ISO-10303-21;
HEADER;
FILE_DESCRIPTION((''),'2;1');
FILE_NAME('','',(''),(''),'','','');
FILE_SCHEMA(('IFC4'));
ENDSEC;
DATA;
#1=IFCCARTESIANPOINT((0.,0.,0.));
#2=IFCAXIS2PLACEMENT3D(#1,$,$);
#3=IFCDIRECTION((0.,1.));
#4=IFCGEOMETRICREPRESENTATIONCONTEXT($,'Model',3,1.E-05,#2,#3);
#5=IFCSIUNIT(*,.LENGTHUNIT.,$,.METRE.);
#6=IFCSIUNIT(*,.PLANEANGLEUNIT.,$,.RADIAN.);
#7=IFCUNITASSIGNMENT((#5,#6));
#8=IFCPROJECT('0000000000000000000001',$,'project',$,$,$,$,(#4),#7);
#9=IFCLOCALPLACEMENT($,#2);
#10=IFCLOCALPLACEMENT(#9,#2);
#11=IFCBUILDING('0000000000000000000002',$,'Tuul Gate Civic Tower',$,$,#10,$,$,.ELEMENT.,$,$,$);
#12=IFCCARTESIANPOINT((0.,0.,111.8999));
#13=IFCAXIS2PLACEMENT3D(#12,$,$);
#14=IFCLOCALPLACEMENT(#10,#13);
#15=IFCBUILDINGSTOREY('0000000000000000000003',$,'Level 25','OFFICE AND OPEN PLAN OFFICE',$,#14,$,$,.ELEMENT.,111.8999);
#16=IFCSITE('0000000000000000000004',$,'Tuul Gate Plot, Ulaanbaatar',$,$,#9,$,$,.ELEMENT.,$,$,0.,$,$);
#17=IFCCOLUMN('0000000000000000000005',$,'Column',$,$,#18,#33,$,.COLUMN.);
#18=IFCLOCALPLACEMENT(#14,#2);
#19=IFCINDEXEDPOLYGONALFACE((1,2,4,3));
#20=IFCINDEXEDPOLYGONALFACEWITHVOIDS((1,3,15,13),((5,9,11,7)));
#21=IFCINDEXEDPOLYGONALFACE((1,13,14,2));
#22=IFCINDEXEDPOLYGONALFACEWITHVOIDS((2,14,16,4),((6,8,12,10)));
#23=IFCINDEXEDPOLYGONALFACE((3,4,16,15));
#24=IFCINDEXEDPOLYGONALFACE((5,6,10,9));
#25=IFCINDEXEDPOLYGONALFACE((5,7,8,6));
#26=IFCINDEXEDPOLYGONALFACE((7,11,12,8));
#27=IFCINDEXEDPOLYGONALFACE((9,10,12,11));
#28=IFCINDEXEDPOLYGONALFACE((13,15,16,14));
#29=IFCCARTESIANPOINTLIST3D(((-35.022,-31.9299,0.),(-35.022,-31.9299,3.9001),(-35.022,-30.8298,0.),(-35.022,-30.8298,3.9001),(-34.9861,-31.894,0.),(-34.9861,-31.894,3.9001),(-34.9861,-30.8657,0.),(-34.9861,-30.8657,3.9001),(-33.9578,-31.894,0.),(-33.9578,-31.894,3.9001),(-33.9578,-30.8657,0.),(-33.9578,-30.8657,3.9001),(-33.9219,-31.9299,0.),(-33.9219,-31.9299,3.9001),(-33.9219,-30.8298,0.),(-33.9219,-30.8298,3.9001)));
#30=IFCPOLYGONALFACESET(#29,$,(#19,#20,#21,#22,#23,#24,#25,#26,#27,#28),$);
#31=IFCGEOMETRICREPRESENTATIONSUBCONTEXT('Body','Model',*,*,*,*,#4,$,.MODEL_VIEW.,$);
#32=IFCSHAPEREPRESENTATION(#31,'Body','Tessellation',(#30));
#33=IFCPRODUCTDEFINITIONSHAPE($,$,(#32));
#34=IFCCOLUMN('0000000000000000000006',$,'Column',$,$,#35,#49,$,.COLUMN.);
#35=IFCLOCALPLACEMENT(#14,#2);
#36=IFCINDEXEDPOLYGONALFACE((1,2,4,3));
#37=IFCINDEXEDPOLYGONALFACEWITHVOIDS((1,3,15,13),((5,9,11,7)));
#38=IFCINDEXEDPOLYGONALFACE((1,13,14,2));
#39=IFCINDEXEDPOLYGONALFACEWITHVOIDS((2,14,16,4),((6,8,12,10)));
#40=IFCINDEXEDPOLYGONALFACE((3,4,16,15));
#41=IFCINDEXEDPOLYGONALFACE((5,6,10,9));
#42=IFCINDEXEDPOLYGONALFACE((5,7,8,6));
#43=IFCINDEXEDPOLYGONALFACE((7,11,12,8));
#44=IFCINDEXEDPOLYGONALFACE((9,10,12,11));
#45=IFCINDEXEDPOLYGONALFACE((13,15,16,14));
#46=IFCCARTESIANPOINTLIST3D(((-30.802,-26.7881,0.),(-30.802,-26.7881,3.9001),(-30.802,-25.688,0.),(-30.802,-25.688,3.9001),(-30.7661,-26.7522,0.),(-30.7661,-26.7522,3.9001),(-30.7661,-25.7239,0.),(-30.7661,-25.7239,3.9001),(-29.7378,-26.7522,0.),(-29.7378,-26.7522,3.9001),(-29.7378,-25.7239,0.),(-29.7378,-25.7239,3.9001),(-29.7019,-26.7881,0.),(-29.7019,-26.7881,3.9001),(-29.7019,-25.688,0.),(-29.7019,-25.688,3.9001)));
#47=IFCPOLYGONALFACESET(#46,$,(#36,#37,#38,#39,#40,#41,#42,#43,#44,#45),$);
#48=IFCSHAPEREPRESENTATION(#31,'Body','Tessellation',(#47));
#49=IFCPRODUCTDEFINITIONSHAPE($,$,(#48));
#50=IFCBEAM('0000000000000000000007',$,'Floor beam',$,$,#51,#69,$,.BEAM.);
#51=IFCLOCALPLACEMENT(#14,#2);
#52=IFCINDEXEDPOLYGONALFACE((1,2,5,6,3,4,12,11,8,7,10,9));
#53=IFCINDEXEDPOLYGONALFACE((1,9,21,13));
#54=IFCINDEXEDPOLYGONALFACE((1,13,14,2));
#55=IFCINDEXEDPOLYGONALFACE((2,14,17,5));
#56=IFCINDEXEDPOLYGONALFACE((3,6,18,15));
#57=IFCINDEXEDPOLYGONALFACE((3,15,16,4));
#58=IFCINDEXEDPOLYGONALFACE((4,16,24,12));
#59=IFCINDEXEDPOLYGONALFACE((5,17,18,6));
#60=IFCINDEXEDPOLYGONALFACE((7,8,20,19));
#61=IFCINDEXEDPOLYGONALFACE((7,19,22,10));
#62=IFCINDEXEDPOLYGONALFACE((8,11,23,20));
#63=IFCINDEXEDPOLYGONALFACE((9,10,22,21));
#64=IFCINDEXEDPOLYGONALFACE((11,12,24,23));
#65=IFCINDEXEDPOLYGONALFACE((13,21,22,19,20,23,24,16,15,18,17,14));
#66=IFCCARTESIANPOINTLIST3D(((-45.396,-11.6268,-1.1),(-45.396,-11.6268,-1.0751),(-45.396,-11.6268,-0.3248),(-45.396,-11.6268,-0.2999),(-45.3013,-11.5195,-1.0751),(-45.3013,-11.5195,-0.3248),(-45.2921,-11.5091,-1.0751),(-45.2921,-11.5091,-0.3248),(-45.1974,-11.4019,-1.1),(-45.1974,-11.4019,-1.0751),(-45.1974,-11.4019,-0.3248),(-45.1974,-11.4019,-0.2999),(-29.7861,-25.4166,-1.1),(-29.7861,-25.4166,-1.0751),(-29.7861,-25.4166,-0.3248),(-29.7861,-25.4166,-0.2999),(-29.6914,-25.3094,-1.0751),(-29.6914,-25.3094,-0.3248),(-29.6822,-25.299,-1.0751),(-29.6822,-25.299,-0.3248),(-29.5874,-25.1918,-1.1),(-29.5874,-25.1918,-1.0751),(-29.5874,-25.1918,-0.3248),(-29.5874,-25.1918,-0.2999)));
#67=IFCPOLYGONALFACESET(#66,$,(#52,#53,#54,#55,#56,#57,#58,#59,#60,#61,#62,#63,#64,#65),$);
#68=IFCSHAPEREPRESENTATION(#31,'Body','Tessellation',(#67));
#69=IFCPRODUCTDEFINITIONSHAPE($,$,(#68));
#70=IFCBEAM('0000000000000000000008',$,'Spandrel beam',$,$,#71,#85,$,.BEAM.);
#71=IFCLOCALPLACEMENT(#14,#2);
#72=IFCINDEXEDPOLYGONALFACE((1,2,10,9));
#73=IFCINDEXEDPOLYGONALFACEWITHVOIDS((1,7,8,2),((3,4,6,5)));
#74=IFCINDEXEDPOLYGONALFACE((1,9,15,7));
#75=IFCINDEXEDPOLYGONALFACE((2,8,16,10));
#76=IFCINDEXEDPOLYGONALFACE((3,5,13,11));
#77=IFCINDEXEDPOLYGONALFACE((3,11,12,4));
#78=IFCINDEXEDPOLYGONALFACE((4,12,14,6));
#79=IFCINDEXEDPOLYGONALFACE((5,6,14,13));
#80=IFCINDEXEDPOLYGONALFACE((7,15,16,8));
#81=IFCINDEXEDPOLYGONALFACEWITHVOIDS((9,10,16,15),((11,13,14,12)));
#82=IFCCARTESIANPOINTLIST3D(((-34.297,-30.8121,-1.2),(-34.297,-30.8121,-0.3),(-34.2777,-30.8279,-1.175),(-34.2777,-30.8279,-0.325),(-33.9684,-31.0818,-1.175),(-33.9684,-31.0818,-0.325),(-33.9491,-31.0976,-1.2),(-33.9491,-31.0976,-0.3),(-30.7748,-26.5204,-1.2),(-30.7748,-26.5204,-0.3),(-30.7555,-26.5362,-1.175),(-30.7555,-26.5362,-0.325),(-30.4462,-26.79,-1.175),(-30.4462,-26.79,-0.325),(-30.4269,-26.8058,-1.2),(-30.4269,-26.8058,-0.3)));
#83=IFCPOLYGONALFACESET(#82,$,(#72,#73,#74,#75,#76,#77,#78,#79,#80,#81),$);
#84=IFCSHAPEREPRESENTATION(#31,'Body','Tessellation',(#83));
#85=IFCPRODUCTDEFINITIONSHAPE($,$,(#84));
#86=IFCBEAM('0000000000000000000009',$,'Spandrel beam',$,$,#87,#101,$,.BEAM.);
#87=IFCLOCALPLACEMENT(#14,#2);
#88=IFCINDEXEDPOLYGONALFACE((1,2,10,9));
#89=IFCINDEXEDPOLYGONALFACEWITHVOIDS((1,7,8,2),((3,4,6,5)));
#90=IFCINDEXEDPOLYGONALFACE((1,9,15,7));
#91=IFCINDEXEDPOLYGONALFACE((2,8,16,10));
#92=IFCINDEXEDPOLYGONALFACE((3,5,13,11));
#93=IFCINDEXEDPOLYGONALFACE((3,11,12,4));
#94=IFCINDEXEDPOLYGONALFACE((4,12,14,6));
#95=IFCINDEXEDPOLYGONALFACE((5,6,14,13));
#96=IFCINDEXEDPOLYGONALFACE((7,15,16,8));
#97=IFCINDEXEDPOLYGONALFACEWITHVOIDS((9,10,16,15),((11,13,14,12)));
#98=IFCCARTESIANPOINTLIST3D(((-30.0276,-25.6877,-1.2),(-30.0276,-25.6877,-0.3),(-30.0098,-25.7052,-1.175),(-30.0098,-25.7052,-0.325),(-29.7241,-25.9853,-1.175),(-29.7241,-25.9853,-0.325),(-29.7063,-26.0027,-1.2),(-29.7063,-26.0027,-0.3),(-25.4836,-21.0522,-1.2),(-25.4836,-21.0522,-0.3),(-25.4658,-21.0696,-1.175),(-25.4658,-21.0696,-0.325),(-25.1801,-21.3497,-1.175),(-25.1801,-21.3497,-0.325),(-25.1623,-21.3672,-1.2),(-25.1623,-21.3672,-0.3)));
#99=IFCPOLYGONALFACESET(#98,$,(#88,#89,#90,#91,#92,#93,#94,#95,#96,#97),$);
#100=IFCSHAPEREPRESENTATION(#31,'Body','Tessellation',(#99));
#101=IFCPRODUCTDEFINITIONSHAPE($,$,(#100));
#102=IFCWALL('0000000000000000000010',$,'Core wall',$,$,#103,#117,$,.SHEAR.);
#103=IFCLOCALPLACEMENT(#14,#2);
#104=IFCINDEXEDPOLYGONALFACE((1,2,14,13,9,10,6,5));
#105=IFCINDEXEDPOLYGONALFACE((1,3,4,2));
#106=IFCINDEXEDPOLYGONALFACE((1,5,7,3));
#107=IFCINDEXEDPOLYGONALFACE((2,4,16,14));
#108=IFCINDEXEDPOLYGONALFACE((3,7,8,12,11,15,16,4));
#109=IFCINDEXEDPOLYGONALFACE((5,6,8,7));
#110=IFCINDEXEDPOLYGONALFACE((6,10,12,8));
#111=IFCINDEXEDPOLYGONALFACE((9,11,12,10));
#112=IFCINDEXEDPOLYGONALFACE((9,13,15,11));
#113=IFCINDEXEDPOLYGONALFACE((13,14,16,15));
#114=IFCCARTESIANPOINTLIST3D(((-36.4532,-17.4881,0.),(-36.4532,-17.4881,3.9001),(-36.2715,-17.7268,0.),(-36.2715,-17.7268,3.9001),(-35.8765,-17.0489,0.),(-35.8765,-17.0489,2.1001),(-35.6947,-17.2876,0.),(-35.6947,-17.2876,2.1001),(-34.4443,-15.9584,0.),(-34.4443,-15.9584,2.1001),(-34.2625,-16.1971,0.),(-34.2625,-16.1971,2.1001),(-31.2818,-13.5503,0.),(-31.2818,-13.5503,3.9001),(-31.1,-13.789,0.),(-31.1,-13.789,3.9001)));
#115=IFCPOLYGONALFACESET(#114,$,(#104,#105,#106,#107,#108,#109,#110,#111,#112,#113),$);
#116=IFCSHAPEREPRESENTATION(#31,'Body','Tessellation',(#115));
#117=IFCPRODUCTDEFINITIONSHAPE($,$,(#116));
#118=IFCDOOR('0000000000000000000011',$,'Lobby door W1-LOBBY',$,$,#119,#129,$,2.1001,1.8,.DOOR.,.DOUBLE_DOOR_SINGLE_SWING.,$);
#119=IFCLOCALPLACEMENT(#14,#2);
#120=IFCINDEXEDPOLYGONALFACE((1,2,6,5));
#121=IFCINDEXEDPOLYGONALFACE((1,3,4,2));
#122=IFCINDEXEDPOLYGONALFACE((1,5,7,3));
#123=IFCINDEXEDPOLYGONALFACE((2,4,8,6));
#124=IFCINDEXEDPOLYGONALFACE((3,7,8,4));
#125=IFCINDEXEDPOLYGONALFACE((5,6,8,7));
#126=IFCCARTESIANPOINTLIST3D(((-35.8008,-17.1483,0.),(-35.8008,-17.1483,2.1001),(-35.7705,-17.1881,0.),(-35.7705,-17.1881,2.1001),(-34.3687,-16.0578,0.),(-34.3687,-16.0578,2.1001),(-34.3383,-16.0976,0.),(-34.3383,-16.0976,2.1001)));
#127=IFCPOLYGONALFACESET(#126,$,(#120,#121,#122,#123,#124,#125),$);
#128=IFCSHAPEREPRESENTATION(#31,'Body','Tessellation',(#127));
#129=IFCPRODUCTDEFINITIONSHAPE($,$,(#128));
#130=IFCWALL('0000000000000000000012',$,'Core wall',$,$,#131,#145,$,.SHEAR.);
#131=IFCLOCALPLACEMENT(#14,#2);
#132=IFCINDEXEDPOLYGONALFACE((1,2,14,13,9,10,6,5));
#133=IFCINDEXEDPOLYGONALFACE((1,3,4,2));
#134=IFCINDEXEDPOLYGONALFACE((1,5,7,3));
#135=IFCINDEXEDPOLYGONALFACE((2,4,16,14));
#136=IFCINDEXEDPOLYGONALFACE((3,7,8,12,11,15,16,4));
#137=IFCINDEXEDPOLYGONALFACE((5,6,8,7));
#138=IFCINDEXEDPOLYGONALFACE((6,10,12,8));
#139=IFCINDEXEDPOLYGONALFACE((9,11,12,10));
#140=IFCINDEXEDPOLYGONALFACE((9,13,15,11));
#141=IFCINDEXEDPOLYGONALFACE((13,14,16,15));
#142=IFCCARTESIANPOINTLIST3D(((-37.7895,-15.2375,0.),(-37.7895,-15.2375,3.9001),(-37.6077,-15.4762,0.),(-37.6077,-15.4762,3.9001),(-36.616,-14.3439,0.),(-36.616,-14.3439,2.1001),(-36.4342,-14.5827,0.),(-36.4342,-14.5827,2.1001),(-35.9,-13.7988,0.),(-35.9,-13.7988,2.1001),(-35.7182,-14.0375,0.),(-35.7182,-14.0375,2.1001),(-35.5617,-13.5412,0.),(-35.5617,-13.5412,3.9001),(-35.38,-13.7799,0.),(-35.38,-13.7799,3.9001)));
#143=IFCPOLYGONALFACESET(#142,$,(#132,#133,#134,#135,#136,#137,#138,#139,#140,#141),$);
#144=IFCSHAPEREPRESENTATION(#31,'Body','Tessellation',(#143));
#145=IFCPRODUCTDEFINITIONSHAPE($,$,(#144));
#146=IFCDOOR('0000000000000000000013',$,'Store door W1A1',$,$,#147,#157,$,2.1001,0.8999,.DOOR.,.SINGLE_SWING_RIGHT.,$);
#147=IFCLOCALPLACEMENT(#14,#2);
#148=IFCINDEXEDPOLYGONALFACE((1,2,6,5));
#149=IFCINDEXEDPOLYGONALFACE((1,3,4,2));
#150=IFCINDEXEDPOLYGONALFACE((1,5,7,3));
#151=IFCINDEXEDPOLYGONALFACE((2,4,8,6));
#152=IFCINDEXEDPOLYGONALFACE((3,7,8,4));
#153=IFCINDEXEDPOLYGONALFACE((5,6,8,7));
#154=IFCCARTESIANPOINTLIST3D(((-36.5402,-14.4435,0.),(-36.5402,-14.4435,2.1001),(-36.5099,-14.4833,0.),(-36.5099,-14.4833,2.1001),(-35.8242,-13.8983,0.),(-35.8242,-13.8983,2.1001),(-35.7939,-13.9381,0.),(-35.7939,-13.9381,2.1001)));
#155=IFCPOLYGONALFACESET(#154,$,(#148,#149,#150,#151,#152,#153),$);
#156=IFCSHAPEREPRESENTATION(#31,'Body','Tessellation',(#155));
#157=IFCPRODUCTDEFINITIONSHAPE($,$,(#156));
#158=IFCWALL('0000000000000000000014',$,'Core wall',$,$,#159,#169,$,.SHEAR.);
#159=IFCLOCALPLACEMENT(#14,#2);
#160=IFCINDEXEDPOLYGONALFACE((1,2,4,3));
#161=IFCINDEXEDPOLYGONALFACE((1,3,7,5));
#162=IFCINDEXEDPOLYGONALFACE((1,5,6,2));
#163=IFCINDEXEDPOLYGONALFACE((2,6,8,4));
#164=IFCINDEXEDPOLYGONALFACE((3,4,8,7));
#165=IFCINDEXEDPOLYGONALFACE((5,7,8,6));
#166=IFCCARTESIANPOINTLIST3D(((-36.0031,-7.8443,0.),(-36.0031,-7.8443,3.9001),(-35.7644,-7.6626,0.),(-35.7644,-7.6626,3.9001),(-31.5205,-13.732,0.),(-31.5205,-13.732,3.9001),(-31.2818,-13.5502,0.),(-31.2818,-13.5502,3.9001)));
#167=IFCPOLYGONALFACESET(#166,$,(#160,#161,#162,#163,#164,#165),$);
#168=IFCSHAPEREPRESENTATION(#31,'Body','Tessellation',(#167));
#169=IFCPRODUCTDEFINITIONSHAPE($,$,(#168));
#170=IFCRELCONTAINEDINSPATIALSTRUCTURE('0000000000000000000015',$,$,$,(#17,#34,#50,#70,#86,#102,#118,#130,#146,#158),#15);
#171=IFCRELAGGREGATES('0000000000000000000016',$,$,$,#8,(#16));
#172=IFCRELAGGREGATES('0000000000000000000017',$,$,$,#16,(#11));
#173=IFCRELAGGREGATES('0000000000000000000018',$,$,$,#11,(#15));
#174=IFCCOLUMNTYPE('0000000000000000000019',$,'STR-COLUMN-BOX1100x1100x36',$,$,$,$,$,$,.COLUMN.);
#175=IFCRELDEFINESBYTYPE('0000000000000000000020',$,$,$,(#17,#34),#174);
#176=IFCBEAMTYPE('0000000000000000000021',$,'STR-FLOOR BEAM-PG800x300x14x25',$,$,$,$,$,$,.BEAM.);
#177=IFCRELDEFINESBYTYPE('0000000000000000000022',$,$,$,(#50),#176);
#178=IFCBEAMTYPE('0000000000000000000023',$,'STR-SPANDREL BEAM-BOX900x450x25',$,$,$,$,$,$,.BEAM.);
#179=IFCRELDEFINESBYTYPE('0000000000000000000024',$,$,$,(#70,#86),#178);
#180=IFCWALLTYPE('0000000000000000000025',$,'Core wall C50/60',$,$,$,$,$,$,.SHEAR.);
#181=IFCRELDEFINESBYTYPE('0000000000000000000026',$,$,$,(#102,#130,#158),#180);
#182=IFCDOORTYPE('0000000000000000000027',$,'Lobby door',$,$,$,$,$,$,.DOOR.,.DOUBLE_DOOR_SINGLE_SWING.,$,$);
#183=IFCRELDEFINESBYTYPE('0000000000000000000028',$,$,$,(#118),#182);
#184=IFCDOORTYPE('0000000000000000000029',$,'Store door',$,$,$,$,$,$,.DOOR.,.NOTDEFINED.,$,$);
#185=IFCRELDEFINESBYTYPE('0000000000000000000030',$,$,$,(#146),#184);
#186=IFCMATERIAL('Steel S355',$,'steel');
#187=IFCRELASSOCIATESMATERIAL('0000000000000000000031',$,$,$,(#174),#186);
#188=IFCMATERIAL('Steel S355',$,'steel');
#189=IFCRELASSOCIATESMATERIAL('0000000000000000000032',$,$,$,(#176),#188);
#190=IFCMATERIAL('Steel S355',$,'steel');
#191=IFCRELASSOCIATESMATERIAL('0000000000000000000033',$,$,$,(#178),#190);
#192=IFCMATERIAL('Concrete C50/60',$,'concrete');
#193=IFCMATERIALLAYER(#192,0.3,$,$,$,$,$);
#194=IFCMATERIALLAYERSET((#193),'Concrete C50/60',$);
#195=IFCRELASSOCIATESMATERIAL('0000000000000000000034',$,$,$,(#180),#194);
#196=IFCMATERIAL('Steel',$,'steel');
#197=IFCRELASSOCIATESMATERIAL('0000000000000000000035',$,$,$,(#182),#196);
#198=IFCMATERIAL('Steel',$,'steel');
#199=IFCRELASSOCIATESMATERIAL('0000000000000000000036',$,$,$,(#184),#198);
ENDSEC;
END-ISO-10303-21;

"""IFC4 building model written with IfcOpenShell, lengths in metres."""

from ifc_helpers import new_model, si_unit, direction, frame, frame_2d, origin, origin_2d, place, context, subcontext, project, spatial, rectangle, hollow_rectangle, i_section, extrude, material, layer, layer_set, material_profile, profile_set, type_object, element, fill, save


model = new_model("IFC4")

# Units and contexts
model_context = context("Model", 3, precision=1e-05, world=origin(), true_north=direction((0.0, 1.0)))
body_context = subcontext(model_context, "Body", "Model", "MODEL_VIEW")
ifc_project = project(units=[si_unit("LENGTHUNIT", "METRE"), si_unit("PLANEANGLEUNIT", "RADIAN")], contexts=[model_context])

# Site, building, storey
site_placement = place(None, origin())
site = spatial("IfcSite", under=ifc_project, at=site_placement, Name="Tuul Gate Plot, Ulaanbaatar", CompositionType="ELEMENT", RefElevation=0.0)
building_placement = place(site_placement, origin())
building = spatial("IfcBuilding", under=site, at=building_placement, Name="Tuul Gate Civic Tower", CompositionType="ELEMENT")
storey_placement = place(building_placement, frame((0.0, 0.0, 111.8999)))
storey = spatial("IfcBuildingStorey", under=building, at=storey_placement, Name="Level 25", Description="OFFICE AND OPEN PLAN OFFICE", CompositionType="ELEMENT", Elevation=111.8999)

# Columns
ifc_material_1 = material(Name="Steel S355", Category="steel")
ifc_material_profile_1 = material_profile(ifc_material_1, hollow_rectangle(XDim=1.1001, YDim=1.1001, WallThickness=0.0359, at=origin_2d()), Name="BOX1100x1100x36")
ifc_profile_set_1 = profile_set([ifc_material_profile_1], Name="Steel S355")
column_type = type_object("IfcColumnType", Name="STR-COLUMN-BOX1100x1100x36", PredefinedType="COLUMN", material=ifc_profile_set_1)
for number, where, z_axis, x_axis, name in (
    (1, (-34.4719, -31.3799, 0.0), (0.0, 0.0, 1.0), (1.0, 0.0, 0.0), "Column"),
    (2, (-30.252, -26.238, 0.0), (0.0, 0.0, 1.0), (1.0, 0.0, 0.0), "Column"),
):
    element("IfcColumn", number, at=place(storey_placement, frame(where, z_axis=z_axis, x_axis=x_axis)), inside=storey, type_object=column_type, Name=name, PredefinedType="COLUMN", context=body_context, shape_type="SweptSolid", body=[
        extrude(hollow_rectangle(XDim=1.1001, YDim=1.1001, WallThickness=0.0359, at=origin_2d()), origin(), (0.0, 0.0, 1.0), 3.9001),
    ])

# Beams
ifc_material_2 = material(Name="Steel S355", Category="steel")
ifc_material_profile_2 = material_profile(ifc_material_2, i_section(OverallWidth=0.3, OverallDepth=0.8, WebThickness=0.0139, FlangeThickness=0.0249, at=origin_2d()), Name="PG800x300x14x25")
ifc_profile_set_2 = profile_set([ifc_material_profile_2], Name="Steel S355")
beam_type_1 = type_object("IfcBeamType", Name="STR-FLOOR BEAM-PG800x300x14x25", PredefinedType="BEAM", material=ifc_profile_set_2)
beam_1_placement = place(storey_placement, frame((-29.6868, -25.3042, -0.7), z_axis=(-0.749447, 0.662064, 0.0), x_axis=(-0.662064, -0.749447, 0.0)))
element("IfcBeam", 3, at=beam_1_placement, inside=storey, type_object=beam_type_1, Name="Floor beam", PredefinedType="BEAM", context=body_context, shape_type="SweptSolid", body=[
    extrude(i_section(OverallWidth=0.3, OverallDepth=0.8, WebThickness=0.0139, FlangeThickness=0.0249, at=origin_2d()), origin(), (0.0, 0.0, 1.0), 20.8286),
])
ifc_material_3 = material(Name="Steel S355", Category="steel")
ifc_material_profile_3 = material_profile(ifc_material_3, hollow_rectangle(XDim=0.45, YDim=0.8999, WallThickness=0.0249, at=origin_2d()), Name="BOX900x450x25")
ifc_profile_set_3 = profile_set([ifc_material_profile_3], Name="Steel S355")
beam_type_2 = type_object("IfcBeamType", Name="STR-SPANDREL BEAM-BOX900x450x25", PredefinedType="BEAM", material=ifc_profile_set_3)
beam_2_placement = place(storey_placement, frame((-34.123, -30.9548, -0.75), z_axis=(0.634401, 0.773004, 0.0), x_axis=(-0.773004, 0.634401, 0.0)))
element("IfcBeam", 4, at=beam_2_placement, inside=storey, type_object=beam_type_2, Name="Spandrel beam", PredefinedType="BEAM", context=body_context, shape_type="SweptSolid", body=[
    extrude(hollow_rectangle(XDim=0.45, YDim=0.8999, WallThickness=0.0249, at=origin_2d()), origin(), (0.0, 0.0, 1.0), 5.552),
])
beam_3_placement = place(storey_placement, frame((-29.8669, -25.8452, -0.75), z_axis=(0.70002, 0.714124, 0.0), x_axis=(-0.714124, 0.70002, 0.0)))
element("IfcBeam", 5, at=beam_3_placement, inside=storey, type_object=beam_type_2, Name="Spandrel beam", PredefinedType="BEAM", context=body_context, shape_type="SweptSolid", body=[
    extrude(hollow_rectangle(XDim=0.45, YDim=0.8999, WallThickness=0.0249, at=origin_2d()), origin(), (0.0, 0.0, 1.0), 6.4912),
])

# Walls, openings, doors
ifc_material_4 = material(Name="Concrete C50/60", Category="concrete")
ifc_layer_1 = layer(ifc_material_4, 0.3)
ifc_layer_set_1 = layer_set([ifc_layer_1], Name="Concrete C50/60")
wall_type_1 = type_object("IfcWallType", Name="Core wall C50/60", PredefinedType="SHEAR", material=ifc_layer_set_1)
wall_1_placement = place(storey_placement, frame((-31.1909, -13.6697, 0.0), z_axis=(0.0, 0.0, 1.0), x_axis=(-0.795607, -0.605813, 0.0)))
wall_1 = element("IfcWall", 6, at=wall_1_placement, inside=storey, type_object=wall_type_1, Name="Core wall", PredefinedType="SHEAR", context=body_context, shape_type="SweptSolid", body=[
    extrude(rectangle(XDim=6.5, YDim=0.3, at=frame_2d((3.25, 0.0))), origin(), (0.0, 0.0, 1.0), 3.9001),
])
opening_1_placement = place(wall_1_placement, frame((3.9751, 0.0, 0.0)))
opening_1 = element("IfcOpeningElement", 7, at=opening_1_placement, cuts=wall_1, PredefinedType="OPENING", context=body_context, shape_type="SweptSolid", body=[
    extrude(rectangle(XDim=1.8, YDim=2.1001, at=frame_2d((0.8999, 1.05))), frame((0.0, 0.1602, 0.0), z_axis=(0.0, -1.0, 0.0), x_axis=(1.0, 0.0, 0.0)), (0.0, 0.0, 1.0), 0.3201),
])
ifc_material_5 = material(Name="Steel", Category="steel")
door_type_1 = type_object("IfcDoorType", Name="Lobby door", OperationType="DOUBLE_DOOR_SINGLE_SWING", PredefinedType="DOOR", material=ifc_material_5)
door_1_placement = place(opening_1_placement, origin())
door_1 = element("IfcDoor", 8, at=door_1_placement, inside=storey, type_object=door_type_1, Name="Lobby door W1-LOBBY", OperationType="DOUBLE_DOOR_SINGLE_SWING", OverallHeight=2.1001, OverallWidth=1.8, PredefinedType="DOOR", context=body_context, shape_type="SweptSolid", body=[
    extrude(rectangle(XDim=1.8, YDim=2.1001, at=frame_2d((0.8999, 1.05))), frame((0.0, 0.0249, 0.0), z_axis=(0.0, -1.0, 0.0), x_axis=(1.0, 0.0, 0.0)), (0.0, 0.0, 1.0), 0.05),
])
fill(opening_1, door_1)
wall_2_placement = place(storey_placement, frame((-35.4709, -13.6606, 0.0), z_axis=(0.0, 0.0, 1.0), x_axis=(-0.795616, -0.605802, 0.0)))
wall_2 = element("IfcWall", 9, at=wall_2_placement, inside=storey, type_object=wall_type_1, Name="Core wall", PredefinedType="SHEAR", context=body_context, shape_type="SweptSolid", body=[
    extrude(rectangle(XDim=2.8, YDim=0.3, at=frame_2d((1.3999, 0.0))), origin(), (0.0, 0.0, 1.0), 3.9001),
])
opening_2_placement = place(wall_2_placement, frame((0.425, 0.0, 0.0)))
opening_2 = element("IfcOpeningElement", 10, at=opening_2_placement, cuts=wall_2, PredefinedType="OPENING", context=body_context, shape_type="SweptSolid", body=[
    extrude(rectangle(XDim=0.8999, YDim=2.1001, at=frame_2d((0.45, 1.05))), frame((0.0, 0.1602, 0.0), z_axis=(0.0, -1.0, 0.0), x_axis=(1.0, 0.0, 0.0)), (0.0, 0.0, 1.0), 0.3201),
])
ifc_material_6 = material(Name="Steel", Category="steel")
door_type_2 = type_object("IfcDoorType", Name="Store door", OperationType="NOTDEFINED", PredefinedType="DOOR", material=ifc_material_6)
door_2_placement = place(opening_2_placement, frame((0.8999, 0.0, 0.0), z_axis=(0.0, 0.0, 1.0), x_axis=(-1.0, 0.0, 0.0)))
door_2 = element("IfcDoor", 11, at=door_2_placement, inside=storey, type_object=door_type_2, Name="Store door W1A1", OperationType="SINGLE_SWING_RIGHT", OverallHeight=2.1001, OverallWidth=0.8999, PredefinedType="DOOR", context=body_context, shape_type="SweptSolid", body=[
    extrude(rectangle(XDim=0.8999, YDim=2.1001, at=frame_2d((0.45, 1.05))), frame((0.0, 0.0249, 0.0), z_axis=(0.0, -1.0, 0.0), x_axis=(1.0, 0.0, 0.0)), (0.0, 0.0, 1.0), 0.05),
])
fill(opening_2, door_2)

# Wall
wall_3_placement = place(storey_placement, frame((-31.4011, -13.6411, 0.0), z_axis=(0.0, 0.0, 1.0), x_axis=(-0.60577, 0.79564, 0.0)))
element("IfcWall", 12, at=wall_3_placement, inside=storey, type_object=wall_type_1, Name="Core wall", PredefinedType="SHEAR", context=body_context, shape_type="SweptSolid", body=[
    extrude(rectangle(XDim=7.3999, YDim=0.3, at=frame_2d((3.7, 0.0))), origin(), (0.0, 0.0, 1.0), 3.9001),
])

save(model, "model.ifc")
